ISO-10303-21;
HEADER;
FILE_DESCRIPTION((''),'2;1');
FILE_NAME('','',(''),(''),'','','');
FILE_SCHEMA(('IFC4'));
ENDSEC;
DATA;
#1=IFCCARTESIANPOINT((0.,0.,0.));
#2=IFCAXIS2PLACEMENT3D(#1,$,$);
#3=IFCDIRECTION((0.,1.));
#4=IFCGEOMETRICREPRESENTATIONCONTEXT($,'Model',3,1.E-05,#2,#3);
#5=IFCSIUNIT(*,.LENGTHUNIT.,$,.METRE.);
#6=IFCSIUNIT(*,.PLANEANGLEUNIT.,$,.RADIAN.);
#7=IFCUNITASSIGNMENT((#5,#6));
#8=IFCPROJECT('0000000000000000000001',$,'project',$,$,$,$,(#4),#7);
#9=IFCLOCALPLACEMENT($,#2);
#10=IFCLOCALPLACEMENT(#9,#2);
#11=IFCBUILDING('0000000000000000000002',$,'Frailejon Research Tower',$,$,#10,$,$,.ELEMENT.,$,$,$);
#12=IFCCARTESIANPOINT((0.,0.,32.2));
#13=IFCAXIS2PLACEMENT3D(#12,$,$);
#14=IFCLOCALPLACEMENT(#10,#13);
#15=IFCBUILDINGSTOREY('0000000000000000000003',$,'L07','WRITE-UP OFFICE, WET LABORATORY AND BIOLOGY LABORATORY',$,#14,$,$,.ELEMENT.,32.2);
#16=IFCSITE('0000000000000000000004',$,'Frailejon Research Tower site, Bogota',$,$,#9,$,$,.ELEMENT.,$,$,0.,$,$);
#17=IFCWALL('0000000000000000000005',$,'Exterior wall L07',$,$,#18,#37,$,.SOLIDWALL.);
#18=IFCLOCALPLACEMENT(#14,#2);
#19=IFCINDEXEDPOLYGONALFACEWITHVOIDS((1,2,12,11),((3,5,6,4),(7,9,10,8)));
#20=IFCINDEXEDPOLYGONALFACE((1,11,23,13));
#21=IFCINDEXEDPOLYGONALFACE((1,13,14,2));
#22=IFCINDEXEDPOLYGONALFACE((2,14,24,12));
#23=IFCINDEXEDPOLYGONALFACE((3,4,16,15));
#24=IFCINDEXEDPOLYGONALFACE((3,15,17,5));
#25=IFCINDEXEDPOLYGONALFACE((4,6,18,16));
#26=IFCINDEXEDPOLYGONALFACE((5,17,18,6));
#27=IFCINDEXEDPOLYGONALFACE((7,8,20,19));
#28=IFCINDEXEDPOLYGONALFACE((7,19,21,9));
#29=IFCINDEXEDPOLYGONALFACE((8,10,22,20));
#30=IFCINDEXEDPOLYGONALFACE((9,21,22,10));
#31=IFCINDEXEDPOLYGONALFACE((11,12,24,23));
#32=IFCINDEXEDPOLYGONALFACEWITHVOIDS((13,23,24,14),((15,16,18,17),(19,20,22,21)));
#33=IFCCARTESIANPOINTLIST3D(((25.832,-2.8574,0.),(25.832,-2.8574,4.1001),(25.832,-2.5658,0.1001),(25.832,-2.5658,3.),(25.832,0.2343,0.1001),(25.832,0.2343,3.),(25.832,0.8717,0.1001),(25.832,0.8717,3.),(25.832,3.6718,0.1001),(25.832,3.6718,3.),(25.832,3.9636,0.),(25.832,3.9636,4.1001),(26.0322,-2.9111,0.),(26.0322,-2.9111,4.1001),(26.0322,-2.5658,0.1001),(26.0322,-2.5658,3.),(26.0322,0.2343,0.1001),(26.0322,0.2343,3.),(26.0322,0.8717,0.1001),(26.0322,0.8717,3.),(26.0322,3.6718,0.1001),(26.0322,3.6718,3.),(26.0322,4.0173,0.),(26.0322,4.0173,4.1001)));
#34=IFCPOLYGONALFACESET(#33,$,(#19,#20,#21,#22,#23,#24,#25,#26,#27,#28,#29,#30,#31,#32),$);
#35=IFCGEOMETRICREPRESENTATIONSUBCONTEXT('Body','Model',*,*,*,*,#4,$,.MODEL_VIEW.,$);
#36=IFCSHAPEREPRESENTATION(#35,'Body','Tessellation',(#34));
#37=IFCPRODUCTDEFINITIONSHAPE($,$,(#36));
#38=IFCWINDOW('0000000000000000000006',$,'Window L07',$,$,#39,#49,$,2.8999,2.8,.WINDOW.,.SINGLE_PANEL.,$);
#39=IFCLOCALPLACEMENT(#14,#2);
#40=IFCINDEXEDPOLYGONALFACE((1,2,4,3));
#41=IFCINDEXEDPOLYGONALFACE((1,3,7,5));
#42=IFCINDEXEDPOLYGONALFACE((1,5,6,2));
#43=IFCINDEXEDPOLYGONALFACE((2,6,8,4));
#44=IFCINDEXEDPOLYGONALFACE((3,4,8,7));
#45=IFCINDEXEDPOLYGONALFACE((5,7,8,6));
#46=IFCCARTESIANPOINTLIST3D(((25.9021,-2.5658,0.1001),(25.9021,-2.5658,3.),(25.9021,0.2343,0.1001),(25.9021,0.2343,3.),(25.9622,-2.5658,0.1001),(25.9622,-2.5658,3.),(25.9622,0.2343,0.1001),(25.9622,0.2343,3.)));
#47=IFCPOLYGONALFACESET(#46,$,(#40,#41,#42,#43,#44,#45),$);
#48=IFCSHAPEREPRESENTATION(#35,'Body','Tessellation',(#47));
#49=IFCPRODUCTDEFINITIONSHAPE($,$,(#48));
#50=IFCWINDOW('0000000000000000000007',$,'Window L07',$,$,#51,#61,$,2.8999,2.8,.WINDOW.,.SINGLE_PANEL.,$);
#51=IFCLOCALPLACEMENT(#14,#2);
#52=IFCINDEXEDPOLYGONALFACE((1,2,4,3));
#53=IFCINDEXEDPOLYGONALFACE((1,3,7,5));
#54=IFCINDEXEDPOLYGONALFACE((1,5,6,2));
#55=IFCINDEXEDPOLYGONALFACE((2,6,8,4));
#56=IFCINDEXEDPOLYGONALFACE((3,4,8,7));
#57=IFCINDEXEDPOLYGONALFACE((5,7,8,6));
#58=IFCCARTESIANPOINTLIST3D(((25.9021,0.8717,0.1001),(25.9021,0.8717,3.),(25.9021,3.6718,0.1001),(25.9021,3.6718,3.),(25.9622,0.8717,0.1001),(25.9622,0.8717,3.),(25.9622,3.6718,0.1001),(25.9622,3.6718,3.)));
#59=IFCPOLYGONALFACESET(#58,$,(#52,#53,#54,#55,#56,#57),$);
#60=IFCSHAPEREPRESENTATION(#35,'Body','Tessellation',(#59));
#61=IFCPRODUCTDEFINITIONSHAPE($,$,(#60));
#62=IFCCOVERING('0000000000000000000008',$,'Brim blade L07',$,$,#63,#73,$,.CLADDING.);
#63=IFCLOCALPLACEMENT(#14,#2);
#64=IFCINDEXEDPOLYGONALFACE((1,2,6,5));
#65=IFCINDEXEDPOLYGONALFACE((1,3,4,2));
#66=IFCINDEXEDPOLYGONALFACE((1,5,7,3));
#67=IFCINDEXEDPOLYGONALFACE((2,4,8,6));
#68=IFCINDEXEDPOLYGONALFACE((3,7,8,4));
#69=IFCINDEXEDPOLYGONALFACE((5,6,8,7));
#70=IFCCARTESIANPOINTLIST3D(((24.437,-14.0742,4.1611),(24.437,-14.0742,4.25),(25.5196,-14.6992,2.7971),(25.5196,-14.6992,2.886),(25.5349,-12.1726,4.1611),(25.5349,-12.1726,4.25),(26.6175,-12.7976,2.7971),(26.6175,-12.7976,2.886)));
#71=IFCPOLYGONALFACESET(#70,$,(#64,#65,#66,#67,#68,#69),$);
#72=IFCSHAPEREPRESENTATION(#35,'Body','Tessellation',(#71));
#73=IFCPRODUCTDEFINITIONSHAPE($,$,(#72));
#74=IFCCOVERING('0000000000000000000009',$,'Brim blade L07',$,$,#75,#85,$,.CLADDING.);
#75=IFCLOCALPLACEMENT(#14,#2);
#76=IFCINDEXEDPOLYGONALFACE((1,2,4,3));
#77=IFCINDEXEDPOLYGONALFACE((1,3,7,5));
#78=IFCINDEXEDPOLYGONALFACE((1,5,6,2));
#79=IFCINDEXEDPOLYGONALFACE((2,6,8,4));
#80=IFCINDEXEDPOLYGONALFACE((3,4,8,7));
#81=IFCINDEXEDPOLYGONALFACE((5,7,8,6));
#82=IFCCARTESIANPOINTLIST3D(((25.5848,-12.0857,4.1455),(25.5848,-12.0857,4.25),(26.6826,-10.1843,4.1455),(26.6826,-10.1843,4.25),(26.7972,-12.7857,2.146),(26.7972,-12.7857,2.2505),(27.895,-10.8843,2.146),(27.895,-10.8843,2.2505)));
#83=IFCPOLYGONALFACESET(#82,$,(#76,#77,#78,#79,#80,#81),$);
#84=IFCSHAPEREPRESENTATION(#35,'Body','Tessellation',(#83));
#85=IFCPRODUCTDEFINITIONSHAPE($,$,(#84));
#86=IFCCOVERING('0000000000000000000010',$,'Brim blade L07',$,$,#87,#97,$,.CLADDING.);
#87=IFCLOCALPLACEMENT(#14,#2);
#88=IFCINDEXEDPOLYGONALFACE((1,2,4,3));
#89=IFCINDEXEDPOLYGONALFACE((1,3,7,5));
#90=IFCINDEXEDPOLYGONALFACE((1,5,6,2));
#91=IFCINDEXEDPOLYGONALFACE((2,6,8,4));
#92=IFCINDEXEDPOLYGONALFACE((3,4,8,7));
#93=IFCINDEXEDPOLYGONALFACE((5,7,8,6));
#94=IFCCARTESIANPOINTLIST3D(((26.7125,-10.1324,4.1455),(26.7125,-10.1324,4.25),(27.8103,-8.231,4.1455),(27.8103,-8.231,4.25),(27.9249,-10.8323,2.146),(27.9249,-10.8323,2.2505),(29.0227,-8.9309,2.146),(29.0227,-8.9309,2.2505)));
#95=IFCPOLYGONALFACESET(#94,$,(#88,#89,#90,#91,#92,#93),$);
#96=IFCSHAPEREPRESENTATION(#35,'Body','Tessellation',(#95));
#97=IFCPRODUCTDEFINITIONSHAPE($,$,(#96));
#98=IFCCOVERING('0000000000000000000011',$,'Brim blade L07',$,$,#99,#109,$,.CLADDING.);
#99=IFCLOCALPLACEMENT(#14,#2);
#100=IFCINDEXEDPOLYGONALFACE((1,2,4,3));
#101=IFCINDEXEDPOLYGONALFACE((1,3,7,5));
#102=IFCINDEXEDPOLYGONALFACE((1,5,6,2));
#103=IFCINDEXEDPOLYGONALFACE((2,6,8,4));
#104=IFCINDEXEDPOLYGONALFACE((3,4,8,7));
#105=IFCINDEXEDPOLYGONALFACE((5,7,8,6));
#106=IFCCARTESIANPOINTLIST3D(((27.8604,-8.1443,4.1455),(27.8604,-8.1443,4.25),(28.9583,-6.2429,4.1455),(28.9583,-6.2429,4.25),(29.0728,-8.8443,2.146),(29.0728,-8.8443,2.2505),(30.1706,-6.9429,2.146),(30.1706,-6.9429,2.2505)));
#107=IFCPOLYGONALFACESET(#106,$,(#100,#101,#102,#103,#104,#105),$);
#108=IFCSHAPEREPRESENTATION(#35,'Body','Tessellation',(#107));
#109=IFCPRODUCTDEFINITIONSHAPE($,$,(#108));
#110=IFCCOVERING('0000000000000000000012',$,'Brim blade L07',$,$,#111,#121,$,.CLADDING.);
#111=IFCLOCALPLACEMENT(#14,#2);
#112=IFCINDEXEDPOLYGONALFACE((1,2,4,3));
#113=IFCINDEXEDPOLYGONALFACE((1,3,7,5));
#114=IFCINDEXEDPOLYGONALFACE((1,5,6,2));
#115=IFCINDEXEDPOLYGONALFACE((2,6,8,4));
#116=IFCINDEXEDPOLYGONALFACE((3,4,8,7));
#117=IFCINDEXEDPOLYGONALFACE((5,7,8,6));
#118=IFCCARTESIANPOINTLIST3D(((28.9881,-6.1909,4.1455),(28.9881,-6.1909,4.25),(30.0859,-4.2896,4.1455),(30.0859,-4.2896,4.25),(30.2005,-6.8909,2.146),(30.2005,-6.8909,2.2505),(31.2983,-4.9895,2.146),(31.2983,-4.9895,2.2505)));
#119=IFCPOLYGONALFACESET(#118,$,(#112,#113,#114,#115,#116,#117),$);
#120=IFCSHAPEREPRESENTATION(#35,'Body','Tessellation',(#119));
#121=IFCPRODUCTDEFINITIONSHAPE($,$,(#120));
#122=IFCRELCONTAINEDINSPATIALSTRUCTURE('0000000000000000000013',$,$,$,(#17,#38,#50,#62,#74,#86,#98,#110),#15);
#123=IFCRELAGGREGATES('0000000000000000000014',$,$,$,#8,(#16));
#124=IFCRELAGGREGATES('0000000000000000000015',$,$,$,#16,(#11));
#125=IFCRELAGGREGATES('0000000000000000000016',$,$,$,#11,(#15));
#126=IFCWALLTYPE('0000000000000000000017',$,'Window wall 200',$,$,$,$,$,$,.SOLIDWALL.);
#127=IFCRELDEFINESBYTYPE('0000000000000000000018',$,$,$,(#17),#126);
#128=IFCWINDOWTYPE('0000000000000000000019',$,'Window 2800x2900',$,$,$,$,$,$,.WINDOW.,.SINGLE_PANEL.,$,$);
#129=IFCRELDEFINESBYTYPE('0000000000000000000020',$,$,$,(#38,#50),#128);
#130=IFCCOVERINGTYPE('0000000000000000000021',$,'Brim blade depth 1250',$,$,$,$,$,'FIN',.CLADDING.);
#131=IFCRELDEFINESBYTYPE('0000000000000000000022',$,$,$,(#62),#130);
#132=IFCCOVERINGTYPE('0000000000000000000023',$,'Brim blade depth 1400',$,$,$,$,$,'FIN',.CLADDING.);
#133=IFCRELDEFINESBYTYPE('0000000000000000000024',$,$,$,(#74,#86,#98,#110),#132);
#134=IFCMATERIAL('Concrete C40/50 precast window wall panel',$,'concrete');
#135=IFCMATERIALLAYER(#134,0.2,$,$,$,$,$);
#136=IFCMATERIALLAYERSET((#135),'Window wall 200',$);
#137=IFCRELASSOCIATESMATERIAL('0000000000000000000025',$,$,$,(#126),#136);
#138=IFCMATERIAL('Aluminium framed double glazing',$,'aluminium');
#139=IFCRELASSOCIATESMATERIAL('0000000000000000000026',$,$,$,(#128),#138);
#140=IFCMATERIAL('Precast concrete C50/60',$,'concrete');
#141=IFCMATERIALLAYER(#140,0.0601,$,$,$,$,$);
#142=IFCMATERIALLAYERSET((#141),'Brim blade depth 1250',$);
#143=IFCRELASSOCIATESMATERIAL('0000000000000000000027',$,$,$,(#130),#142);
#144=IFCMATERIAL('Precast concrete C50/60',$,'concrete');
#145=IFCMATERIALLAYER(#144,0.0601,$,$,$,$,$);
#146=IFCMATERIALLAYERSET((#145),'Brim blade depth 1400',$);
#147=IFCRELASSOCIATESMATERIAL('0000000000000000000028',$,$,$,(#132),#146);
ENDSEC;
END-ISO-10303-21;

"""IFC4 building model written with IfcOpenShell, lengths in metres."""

from ifc_helpers import new_model, si_unit, direction, frame, frame_2d, origin, place, context, subcontext, project, spatial, polyline, rectangle, outline, extrude, material, layer, layer_set, type_object, element, fill, save


model = new_model("IFC4")

# Units and contexts
model_context = context("Model", 3, precision=1e-05, world=origin(), true_north=direction((0.0, 1.0)))
body_context = subcontext(model_context, "Body", "Model", "MODEL_VIEW")
ifc_project = project(units=[si_unit("LENGTHUNIT", "METRE"), si_unit("PLANEANGLEUNIT", "RADIAN")], contexts=[model_context])

# Site, building, storey
site_placement = place(None, origin())
site = spatial("IfcSite", under=ifc_project, at=site_placement, Name="Frailejon Research Tower site, Bogota", CompositionType="ELEMENT", RefElevation=0.0)
building_placement = place(site_placement, origin())
building = spatial("IfcBuilding", under=site, at=building_placement, Name="Frailejon Research Tower", CompositionType="ELEMENT")
storey_placement = place(building_placement, frame((0.0, 0.0, 32.2)))
storey = spatial("IfcBuildingStorey", under=building, at=storey_placement, Name="L07", Description="WRITE-UP OFFICE, WET LABORATORY AND BIOLOGY LABORATORY", CompositionType="ELEMENT", Elevation=32.2)

# Wall, openings, windows
ifc_material_1 = material(Name="Concrete C40/50 precast window wall panel", Category="concrete")
ifc_layer_1 = layer(ifc_material_1, 0.2)
ifc_layer_set_1 = layer_set([ifc_layer_1], Name="Window wall 200")
wall_type_1 = type_object("IfcWallType", Name="Window wall 200", PredefinedType="SOLIDWALL", material=ifc_layer_set_1)
wall_1_placement = place(storey_placement, frame((25.9321, -2.8843, 0.0), z_axis=(0.0, 0.0, 1.0), x_axis=(0.0, 1.0, 0.0)))
wall_1 = element("IfcWall", 1, at=wall_1_placement, inside=storey, type_object=wall_type_1, Name="Exterior wall L07", PredefinedType="SOLIDWALL", context=body_context, shape_type="SweptSolid", body=[
    extrude(outline(polyline([(-0.0269, -0.1001), (1.1279, -0.1001), (2.2827, -0.1001), (3.4375, -0.1001), (4.592, -0.1001), (5.7468, -0.1001), (6.9016, -0.1001), (6.8479, 0.1001), (5.7109, 0.1001), (4.5742, 0.1001), (3.4375, 0.1001), (2.3005, 0.1001), (1.1636, 0.1001), (0.0269, 0.1001), (-0.0269, -0.1001)])), origin(), (0.0, 0.0, 1.0), 4.1001),
])
opening_1_placement = place(wall_1_placement, frame((0.3186, 0.0, 0.1001)))
opening_1 = element("IfcOpeningElement", 2, at=opening_1_placement, cuts=wall_1, PredefinedType="OPENING", context=body_context, shape_type="SweptSolid", body=[
    extrude(rectangle(XDim=2.8, YDim=2.8999, at=frame_2d((1.3999, 1.45))), frame((0.0, 0.1099, 0.0), z_axis=(0.0, -1.0, 0.0), x_axis=(1.0, 0.0, 0.0)), (0.0, 0.0, 1.0), 0.22),
])
opening_2_placement = place(wall_1_placement, frame((3.7561, 0.0, 0.1001)))
opening_2 = element("IfcOpeningElement", 3, at=opening_2_placement, cuts=wall_1, PredefinedType="OPENING", context=body_context, shape_type="SweptSolid", body=[
    extrude(rectangle(XDim=2.8, YDim=2.8999, at=frame_2d((1.3999, 1.45))), frame((0.0, 0.1099, 0.0), z_axis=(0.0, -1.0, 0.0), x_axis=(1.0, 0.0, 0.0)), (0.0, 0.0, 1.0), 0.22),
])
ifc_material_2 = material(Name="Aluminium framed double glazing", Category="aluminium")
window_type = type_object("IfcWindowType", Name="Window 2800x2900", PartitioningType="SINGLE_PANEL", PredefinedType="WINDOW", material=ifc_material_2)
window_1_placement = place(opening_1_placement, origin())
window_1 = element("IfcWindow", 4, at=window_1_placement, inside=storey, type_object=window_type, Name="Window L07", OverallHeight=2.8999, OverallWidth=2.8, PartitioningType="SINGLE_PANEL", PredefinedType="WINDOW", context=body_context, shape_type="SweptSolid", body=[
    extrude(rectangle(XDim=2.8, YDim=2.8999, at=frame_2d((1.3999, 1.45))), frame((0.0, 0.03, 0.0), z_axis=(0.0, -1.0, 0.0), x_axis=(1.0, 0.0, 0.0)), (0.0, 0.0, 1.0), 0.0601),
])
fill(opening_1, window_1)
window_2_placement = place(opening_2_placement, origin())
window_2 = element("IfcWindow", 5, at=window_2_placement, inside=storey, type_object=window_type, Name="Window L07", OverallHeight=2.8999, OverallWidth=2.8, PartitioningType="SINGLE_PANEL", PredefinedType="WINDOW", context=body_context, shape_type="SweptSolid", body=[
    extrude(rectangle(XDim=2.8, YDim=2.8999, at=frame_2d((1.3999, 1.45))), frame((0.0, 0.03, 0.0), z_axis=(0.0, -1.0, 0.0), x_axis=(1.0, 0.0, 0.0)), (0.0, 0.0, 1.0), 0.0601),
])
fill(opening_2, window_2)

# Coverings
ifc_material_3 = material(Name="Precast concrete C50/60", Category="concrete")
ifc_layer_2 = layer(ifc_material_3, 0.0601)
ifc_layer_set_2 = layer_set([ifc_layer_2], Name="Brim blade depth 1250")
covering_type_1 = type_object("IfcCoveringType", Name="Brim blade depth 1250", ElementType="FIN", PredefinedType="CLADDING", material=ifc_layer_set_2)
covering_placement = place(storey_placement, frame((25.5349, -12.1726, 4.25), z_axis=(-0.499986, -0.866033, 0.0), x_axis=(0.866033, -0.499986, 0.0)))
element("IfcCovering", 6, at=covering_placement, inside=storey, type_object=covering_type_1, Name="Brim blade L07", PredefinedType="CLADDING", context=body_context, shape_type="SweptSolid", body=[
    extrude(outline(polyline([(0.0, -0.0889), (1.25, -1.4529), (1.25, -1.364), (0.0, 0.0), (0.0, -0.0889)])), origin(), (0.0, 0.0, 1.0), 2.1958),
])
ifc_material_4 = material(Name="Precast concrete C50/60", Category="concrete")
ifc_layer_3 = layer(ifc_material_4, 0.0601)
ifc_layer_set_3 = layer_set([ifc_layer_3], Name="Brim blade depth 1400")
covering_type_2 = type_object("IfcCoveringType", Name="Brim blade depth 1400", ElementType="FIN", PredefinedType="CLADDING", material=ifc_layer_set_3)
for number, where, z_axis, x_axis, name in (
    (7, (26.6826, -10.1843, 4.25), (-0.499996, -0.866028, 0.0), (0.866028, -0.499996, 0.0), "Brim blade L07"),
    (8, (27.8103, -8.231, 4.25), (-0.499996, -0.866028, 0.0), (0.866028, -0.499996, 0.0), "Brim blade L07"),
    (9, (28.9583, -6.2429, 4.25), (-0.500012, -0.866018, 0.0), (0.866018, -0.500012, 0.0), "Brim blade L07"),
    (10, (30.0859, -4.2896, 4.25), (-0.500012, -0.866018, 0.0), (0.866018, -0.500012, 0.0), "Brim blade L07"),
):
    element("IfcCovering", number, at=place(storey_placement, frame(where, z_axis=z_axis, x_axis=x_axis)), inside=storey, type_object=covering_type_2, Name=name, PredefinedType="CLADDING", context=body_context, shape_type="SweptSolid", body=[
        extrude(outline(polyline([(0.0, -0.1045), (1.3999, -2.104), (1.3999, -1.9995), (0.0, 0.0), (0.0, -0.1045)])), origin(), (0.0, 0.0, 1.0), 2.1956),
    ])

save(model, "model.ifc")
